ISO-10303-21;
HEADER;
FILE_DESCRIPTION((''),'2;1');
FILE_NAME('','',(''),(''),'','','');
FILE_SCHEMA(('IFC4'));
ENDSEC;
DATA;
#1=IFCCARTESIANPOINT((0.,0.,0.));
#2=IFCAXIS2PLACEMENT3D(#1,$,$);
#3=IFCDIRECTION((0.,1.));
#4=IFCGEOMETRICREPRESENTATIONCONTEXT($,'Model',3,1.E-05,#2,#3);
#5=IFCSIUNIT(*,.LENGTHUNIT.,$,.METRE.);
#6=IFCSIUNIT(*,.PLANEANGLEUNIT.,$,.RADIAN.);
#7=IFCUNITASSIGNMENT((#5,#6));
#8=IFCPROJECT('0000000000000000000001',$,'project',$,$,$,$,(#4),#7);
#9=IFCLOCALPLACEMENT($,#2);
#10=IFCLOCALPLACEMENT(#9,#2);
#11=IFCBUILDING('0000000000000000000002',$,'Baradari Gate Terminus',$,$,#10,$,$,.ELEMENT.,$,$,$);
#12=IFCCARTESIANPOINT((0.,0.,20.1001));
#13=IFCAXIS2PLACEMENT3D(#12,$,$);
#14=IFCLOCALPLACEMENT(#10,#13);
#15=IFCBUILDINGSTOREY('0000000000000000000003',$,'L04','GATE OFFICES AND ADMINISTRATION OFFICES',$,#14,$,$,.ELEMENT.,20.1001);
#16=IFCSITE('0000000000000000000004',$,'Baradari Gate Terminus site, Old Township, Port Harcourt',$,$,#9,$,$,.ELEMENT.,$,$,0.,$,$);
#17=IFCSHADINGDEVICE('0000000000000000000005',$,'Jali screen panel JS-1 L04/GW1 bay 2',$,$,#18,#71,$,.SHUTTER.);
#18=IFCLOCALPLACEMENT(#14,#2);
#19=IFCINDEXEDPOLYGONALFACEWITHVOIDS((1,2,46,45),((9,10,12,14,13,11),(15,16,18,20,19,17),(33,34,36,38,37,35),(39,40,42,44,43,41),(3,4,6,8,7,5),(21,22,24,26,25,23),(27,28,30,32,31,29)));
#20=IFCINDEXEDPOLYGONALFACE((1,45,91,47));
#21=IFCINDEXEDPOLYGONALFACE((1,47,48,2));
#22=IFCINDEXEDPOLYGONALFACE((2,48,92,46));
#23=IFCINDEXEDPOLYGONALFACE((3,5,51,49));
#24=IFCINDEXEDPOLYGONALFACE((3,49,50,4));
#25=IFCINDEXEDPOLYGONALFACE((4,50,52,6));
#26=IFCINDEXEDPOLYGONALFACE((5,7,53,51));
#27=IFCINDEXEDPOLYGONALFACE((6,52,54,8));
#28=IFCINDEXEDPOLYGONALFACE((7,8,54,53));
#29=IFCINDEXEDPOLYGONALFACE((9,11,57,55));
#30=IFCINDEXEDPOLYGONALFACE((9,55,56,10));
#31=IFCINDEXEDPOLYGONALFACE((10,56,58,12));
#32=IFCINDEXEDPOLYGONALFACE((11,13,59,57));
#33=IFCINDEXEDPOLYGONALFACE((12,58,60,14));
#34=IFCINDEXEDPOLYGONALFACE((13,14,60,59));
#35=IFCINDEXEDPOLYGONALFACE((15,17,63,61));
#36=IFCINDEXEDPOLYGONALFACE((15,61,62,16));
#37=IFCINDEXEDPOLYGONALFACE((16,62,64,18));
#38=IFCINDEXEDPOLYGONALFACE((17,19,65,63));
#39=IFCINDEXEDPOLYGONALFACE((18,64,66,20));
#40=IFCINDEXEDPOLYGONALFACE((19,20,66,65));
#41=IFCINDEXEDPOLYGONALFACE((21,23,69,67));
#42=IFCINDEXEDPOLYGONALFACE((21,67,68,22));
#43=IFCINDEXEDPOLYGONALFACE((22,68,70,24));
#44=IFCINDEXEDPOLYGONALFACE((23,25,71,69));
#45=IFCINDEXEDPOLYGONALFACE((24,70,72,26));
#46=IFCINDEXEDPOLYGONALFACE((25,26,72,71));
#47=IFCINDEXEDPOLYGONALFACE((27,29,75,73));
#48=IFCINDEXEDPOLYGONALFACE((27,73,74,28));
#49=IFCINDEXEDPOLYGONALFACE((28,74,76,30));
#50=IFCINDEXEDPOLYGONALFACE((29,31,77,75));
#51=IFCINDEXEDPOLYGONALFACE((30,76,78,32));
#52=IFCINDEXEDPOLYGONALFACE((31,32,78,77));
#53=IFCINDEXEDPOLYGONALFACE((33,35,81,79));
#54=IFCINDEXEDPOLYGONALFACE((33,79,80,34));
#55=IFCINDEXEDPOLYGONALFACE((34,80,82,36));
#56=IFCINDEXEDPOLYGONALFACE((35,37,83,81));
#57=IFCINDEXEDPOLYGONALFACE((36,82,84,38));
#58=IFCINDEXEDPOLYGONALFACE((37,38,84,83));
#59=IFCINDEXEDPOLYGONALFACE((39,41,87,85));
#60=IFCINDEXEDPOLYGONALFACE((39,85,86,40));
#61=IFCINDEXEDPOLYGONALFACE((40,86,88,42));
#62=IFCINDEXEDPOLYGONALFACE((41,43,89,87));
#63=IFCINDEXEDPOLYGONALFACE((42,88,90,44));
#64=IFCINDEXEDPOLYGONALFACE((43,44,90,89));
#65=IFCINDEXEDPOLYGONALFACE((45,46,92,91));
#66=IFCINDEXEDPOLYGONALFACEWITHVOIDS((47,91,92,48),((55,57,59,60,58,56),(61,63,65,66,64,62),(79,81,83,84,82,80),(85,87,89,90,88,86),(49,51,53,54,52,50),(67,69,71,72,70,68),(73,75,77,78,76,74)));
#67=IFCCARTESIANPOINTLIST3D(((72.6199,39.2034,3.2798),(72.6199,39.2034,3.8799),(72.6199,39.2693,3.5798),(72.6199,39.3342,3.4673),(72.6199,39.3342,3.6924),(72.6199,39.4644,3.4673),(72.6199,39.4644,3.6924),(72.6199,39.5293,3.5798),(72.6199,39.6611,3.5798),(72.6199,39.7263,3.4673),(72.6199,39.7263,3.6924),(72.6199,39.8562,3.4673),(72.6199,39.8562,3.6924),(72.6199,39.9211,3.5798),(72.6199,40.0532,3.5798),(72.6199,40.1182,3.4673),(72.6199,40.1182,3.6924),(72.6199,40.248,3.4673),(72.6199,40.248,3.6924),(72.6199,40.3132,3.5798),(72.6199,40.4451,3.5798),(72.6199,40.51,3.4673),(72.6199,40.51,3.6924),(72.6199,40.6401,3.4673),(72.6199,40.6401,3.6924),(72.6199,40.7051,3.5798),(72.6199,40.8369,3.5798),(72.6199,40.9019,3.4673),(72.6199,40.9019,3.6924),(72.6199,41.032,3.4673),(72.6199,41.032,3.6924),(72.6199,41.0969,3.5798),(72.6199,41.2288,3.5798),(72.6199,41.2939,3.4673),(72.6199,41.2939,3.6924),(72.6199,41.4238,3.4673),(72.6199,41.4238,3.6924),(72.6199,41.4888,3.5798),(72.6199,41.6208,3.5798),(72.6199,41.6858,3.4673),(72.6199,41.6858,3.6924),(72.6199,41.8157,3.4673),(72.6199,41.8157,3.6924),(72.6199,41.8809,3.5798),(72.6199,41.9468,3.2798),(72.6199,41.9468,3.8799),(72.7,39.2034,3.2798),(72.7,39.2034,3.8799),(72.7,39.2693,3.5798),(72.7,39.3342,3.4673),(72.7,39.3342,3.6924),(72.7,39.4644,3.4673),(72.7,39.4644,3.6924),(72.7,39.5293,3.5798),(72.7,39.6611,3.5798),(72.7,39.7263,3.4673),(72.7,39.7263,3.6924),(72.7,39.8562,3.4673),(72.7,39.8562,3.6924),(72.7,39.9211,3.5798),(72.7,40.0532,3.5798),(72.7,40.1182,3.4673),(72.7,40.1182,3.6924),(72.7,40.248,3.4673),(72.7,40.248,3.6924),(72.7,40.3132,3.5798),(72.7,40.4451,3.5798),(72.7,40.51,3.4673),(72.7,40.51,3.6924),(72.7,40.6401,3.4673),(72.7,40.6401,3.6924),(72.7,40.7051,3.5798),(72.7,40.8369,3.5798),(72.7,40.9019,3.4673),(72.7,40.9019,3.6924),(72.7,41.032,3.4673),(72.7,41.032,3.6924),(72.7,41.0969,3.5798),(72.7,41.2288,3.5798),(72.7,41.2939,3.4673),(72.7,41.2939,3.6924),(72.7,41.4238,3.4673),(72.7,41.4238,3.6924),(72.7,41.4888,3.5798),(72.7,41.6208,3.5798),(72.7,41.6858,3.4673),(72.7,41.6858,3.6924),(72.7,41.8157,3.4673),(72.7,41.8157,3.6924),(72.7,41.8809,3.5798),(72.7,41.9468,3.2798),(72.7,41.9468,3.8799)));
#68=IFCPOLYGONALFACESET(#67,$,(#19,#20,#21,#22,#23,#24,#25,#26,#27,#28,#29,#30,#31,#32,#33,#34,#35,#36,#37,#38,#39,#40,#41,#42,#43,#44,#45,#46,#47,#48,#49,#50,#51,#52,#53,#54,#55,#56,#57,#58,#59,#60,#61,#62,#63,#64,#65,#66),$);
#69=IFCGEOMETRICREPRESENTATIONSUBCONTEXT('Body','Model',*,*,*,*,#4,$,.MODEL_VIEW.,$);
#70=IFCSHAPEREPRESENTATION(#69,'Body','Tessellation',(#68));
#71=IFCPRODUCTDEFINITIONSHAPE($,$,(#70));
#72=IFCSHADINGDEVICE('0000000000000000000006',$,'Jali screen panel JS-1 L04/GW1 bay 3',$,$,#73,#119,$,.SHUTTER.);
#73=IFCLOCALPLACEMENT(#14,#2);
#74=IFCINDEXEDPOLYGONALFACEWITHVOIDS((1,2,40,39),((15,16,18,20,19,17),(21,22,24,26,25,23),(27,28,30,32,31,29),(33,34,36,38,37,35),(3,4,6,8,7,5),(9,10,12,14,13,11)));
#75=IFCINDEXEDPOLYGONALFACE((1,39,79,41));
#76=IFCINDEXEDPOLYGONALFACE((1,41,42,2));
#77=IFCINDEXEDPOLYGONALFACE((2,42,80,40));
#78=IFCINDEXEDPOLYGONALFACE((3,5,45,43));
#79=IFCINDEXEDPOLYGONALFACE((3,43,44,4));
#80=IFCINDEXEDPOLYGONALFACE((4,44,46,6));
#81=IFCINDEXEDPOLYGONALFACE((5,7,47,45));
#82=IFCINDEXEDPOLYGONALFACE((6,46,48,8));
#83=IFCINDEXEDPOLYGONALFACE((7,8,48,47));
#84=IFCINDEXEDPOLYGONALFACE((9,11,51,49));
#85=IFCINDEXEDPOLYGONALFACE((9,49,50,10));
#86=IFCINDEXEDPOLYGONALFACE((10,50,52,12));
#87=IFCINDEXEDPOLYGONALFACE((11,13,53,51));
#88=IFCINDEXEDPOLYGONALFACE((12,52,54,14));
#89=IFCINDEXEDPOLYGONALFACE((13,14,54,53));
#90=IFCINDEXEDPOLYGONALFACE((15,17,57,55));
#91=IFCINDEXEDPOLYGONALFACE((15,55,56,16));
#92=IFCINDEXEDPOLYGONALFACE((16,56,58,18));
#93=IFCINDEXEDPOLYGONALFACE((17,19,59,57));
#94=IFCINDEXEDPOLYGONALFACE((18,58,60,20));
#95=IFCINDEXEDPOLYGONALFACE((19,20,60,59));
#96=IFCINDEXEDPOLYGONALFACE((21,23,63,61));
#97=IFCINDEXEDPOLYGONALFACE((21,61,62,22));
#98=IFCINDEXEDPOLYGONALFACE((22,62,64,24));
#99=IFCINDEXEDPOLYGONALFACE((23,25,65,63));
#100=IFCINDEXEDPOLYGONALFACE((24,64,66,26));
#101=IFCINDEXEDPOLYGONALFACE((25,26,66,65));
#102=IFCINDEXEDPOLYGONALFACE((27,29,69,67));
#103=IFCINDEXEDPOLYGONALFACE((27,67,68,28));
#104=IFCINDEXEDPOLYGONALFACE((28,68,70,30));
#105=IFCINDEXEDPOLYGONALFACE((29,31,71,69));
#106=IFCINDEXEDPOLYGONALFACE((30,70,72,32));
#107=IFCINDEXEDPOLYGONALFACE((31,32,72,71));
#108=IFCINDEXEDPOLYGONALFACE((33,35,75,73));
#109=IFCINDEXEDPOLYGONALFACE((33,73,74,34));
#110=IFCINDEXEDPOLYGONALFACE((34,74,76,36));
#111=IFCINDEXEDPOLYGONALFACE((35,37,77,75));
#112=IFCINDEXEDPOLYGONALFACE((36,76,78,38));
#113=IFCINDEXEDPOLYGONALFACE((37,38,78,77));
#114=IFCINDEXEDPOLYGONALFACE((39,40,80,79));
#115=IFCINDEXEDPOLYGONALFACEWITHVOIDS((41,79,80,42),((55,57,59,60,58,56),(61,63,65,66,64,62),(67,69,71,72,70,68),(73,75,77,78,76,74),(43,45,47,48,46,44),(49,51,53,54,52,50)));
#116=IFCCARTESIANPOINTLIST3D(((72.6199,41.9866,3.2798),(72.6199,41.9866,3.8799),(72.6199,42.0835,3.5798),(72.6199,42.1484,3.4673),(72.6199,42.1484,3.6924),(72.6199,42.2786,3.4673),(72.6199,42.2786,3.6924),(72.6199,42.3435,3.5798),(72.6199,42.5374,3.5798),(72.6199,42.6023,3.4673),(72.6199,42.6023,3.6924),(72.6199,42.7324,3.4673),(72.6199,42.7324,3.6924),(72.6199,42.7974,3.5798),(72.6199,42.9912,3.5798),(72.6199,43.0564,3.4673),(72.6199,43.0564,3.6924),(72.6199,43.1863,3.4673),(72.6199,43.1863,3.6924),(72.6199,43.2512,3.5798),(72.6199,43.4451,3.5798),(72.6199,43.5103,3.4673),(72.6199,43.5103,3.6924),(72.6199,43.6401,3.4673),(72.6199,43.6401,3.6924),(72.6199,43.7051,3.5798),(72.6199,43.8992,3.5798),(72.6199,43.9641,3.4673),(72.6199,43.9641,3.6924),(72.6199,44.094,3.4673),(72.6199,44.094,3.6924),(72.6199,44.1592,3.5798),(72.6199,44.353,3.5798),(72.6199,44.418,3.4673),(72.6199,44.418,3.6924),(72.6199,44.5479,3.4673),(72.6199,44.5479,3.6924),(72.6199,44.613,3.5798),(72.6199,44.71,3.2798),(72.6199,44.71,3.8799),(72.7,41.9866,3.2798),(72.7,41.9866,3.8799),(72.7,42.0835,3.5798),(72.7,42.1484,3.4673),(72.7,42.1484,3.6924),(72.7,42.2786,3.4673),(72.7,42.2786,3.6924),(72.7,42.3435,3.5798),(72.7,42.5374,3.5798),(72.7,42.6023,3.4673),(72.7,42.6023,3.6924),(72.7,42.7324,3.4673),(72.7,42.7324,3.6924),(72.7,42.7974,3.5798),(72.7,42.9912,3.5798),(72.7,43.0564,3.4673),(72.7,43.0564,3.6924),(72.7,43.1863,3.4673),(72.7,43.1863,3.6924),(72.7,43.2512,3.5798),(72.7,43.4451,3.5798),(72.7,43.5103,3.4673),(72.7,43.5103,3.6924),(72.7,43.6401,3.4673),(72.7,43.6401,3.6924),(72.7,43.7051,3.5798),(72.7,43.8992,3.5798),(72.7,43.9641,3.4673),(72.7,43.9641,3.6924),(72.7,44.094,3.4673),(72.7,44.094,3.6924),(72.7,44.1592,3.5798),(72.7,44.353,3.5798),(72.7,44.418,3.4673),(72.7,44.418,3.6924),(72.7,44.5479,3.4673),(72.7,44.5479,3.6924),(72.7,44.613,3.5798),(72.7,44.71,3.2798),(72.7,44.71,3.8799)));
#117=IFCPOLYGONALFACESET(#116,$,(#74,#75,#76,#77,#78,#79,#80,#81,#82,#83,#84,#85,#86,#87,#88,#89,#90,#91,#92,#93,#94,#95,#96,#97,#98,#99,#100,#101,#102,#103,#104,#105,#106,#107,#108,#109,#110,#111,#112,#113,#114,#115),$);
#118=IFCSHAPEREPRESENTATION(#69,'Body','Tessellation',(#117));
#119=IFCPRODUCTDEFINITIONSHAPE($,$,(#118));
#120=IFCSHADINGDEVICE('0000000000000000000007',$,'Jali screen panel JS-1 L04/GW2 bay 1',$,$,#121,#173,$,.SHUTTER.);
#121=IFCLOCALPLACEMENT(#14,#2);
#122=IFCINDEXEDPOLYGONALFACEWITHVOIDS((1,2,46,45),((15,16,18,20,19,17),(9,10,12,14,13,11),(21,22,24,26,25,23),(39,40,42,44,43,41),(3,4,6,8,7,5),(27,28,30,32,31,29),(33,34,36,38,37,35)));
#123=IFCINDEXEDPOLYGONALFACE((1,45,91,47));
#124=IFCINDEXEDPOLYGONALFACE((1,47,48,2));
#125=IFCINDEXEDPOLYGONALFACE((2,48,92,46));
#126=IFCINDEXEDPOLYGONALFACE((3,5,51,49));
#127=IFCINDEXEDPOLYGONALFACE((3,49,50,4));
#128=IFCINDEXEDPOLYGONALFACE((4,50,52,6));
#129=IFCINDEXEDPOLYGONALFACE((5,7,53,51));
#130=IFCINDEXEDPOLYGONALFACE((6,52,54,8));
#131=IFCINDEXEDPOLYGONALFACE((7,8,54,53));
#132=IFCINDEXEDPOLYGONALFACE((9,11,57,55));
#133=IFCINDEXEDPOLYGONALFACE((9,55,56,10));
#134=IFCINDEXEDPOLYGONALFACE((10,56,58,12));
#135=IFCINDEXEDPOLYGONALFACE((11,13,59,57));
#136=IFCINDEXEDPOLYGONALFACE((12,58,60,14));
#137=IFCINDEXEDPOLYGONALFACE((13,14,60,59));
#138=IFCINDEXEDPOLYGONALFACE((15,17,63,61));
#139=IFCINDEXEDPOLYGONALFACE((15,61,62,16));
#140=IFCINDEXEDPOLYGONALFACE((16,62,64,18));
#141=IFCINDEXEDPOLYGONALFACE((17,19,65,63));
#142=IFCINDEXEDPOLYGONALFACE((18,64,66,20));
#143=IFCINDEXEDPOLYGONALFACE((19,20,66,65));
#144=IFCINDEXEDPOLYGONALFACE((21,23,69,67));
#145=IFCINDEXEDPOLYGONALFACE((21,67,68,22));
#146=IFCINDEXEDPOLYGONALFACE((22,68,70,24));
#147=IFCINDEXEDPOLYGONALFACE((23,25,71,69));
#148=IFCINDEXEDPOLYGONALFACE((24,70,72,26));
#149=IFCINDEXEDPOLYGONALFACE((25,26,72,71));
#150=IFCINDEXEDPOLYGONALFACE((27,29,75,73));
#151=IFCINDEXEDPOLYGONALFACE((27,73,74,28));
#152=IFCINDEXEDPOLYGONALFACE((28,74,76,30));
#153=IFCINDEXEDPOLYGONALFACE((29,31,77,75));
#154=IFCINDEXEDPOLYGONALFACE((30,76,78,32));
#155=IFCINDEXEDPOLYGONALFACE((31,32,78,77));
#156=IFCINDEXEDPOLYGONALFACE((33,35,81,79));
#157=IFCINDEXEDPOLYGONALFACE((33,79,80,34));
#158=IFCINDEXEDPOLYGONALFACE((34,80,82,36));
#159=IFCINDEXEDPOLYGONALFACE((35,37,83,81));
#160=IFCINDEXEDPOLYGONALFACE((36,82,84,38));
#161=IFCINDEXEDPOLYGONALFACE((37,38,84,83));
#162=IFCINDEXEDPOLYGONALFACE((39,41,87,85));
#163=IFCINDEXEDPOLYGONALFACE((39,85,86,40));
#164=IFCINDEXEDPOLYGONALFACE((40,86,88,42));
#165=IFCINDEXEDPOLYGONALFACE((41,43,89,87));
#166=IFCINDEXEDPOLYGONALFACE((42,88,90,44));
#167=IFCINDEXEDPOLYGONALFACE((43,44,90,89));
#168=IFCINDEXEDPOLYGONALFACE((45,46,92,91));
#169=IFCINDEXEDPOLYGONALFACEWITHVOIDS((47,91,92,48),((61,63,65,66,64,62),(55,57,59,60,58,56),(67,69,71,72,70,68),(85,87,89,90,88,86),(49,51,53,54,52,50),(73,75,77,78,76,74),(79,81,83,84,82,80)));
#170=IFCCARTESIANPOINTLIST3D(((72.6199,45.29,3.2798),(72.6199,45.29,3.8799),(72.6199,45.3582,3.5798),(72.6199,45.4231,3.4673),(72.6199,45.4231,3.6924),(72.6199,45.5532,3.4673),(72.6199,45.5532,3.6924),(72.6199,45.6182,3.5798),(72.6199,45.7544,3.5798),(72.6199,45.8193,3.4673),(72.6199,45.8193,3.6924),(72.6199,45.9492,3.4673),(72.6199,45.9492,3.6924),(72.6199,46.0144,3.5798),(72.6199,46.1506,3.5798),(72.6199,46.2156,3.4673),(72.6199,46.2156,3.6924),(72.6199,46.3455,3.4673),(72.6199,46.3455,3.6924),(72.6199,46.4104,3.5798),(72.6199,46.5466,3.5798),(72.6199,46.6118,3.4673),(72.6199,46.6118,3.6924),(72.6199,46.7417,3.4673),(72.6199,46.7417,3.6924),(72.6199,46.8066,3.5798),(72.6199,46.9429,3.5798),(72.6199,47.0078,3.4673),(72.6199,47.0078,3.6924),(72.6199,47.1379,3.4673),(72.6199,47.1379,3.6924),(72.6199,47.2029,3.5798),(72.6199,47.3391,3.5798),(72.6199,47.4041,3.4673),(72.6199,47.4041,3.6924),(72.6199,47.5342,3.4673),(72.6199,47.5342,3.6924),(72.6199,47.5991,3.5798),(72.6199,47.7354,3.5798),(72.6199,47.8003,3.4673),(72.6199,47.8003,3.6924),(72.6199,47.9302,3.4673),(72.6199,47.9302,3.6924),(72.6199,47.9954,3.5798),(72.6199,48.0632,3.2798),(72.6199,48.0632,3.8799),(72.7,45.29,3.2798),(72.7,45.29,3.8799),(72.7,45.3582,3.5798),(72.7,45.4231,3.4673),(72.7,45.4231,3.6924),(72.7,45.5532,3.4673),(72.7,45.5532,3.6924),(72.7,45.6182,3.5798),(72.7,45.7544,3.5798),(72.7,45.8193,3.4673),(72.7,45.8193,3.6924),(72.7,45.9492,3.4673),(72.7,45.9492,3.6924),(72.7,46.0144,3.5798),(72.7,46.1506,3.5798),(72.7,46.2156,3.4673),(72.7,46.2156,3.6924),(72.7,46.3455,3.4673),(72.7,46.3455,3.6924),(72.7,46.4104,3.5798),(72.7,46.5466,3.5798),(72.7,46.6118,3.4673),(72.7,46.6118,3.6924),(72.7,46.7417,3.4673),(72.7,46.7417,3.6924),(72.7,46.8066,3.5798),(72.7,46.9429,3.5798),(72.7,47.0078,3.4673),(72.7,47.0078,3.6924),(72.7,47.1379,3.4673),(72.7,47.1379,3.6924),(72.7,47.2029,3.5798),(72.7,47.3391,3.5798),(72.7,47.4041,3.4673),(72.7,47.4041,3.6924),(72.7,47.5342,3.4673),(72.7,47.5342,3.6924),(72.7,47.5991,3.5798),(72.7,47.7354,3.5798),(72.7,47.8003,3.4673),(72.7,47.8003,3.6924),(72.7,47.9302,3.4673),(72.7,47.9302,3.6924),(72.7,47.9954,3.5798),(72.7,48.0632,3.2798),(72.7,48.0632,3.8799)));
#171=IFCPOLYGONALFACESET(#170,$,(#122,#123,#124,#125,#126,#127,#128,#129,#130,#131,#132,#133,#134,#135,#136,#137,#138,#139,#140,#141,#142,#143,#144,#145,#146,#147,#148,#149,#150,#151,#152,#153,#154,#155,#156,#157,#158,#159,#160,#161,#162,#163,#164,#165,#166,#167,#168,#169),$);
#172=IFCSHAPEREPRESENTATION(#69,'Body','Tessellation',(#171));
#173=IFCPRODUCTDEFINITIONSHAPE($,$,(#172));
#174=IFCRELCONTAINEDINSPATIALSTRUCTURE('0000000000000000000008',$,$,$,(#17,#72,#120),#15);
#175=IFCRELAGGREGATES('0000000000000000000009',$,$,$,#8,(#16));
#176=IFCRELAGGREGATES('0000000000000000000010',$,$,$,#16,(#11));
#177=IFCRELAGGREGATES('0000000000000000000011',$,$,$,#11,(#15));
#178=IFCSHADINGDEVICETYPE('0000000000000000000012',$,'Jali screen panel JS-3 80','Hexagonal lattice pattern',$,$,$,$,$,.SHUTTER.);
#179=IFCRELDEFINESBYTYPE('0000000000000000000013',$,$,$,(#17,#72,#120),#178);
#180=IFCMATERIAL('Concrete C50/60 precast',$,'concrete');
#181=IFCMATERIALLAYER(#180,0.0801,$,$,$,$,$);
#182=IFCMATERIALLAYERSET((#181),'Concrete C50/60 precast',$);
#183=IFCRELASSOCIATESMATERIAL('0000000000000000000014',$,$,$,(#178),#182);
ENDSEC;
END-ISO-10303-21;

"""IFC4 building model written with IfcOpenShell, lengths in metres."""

from ifc_helpers import new_model, si_unit, direction, frame, origin, place, context, subcontext, project, spatial, polyline, outline, extrude, material, layer, layer_set, type_object, element, save


model = new_model("IFC4")

# Units and contexts
model_context = context("Model", 3, precision=1e-05, world=origin(), true_north=direction((0.0, 1.0)))
body_context = subcontext(model_context, "Body", "Model", "MODEL_VIEW")
ifc_project = project(units=[si_unit("LENGTHUNIT", "METRE"), si_unit("PLANEANGLEUNIT", "RADIAN")], contexts=[model_context])

# Site, building, storey
site_placement = place(None, origin())
site = spatial("IfcSite", under=ifc_project, at=site_placement, Name="Baradari Gate Terminus site, Old Township, Port Harcourt", CompositionType="ELEMENT", RefElevation=0.0)
building_placement = place(site_placement, origin())
building = spatial("IfcBuilding", under=site, at=building_placement, Name="Baradari Gate Terminus", CompositionType="ELEMENT")
storey_placement = place(building_placement, frame((0.0, 0.0, 20.1001)))
storey = spatial("IfcBuildingStorey", under=building, at=storey_placement, Name="L04", Description="GATE OFFICES AND ADMINISTRATION OFFICES", CompositionType="ELEMENT", Elevation=20.1001)

# Shading devices
ifc_material_1 = material(Name="Concrete C50/60 precast", Category="concrete")
ifc_layer = layer(ifc_material_1, 0.0801)
ifc_layer_set = layer_set([ifc_layer], Name="Concrete C50/60 precast")
shading_device_type = type_object("IfcShadingDeviceType", Name="Jali screen panel JS-3 80", Description="Hexagonal lattice pattern", PredefinedType="SHUTTER", material=ifc_layer_set)
shading_device_1_placement = place(storey_placement, frame((72.6599, 39.2034, 3.2798), z_axis=(0.0, 0.0, 1.0), x_axis=(0.0, 1.0, 0.0)))
element("IfcShadingDevice", 1, at=shading_device_1_placement, inside=storey, type_object=shading_device_type, Name="Jali screen panel JS-1 L04/GW1 bay 2", PredefinedType="SHUTTER", context=body_context, shape_type="SweptSolid", body=[
    extrude(outline(polyline([(0.0, 0.0), (2.7434, 0.0), (2.7434, 0.6001), (0.0, 0.6001), (0.0, 0.0)]), holes=[polyline([(0.3259, 0.3), (0.261, 0.1875), (0.1309, 0.1875), (0.0659, 0.3), (0.1309, 0.4126), (0.261, 0.4126), (0.3259, 0.3)]), polyline([(0.7178, 0.3), (0.6528, 0.1875), (0.5229, 0.1875), (0.4578, 0.3), (0.5229, 0.4126), (0.6528, 0.4126), (0.7178, 0.3)]), polyline([(1.1099, 0.3), (1.0447, 0.1875), (0.9148, 0.1875), (0.8499, 0.3), (0.9148, 0.4126), (1.0447, 0.4126), (1.1099, 0.3)]), polyline([(1.5017, 0.3), (1.4368, 0.1875), (1.3066, 0.1875), (1.2417, 0.3), (1.3066, 0.4126), (1.4368, 0.4126), (1.5017, 0.3)]), polyline([(1.8936, 0.3), (1.8286, 0.1875), (1.6985, 0.1875), (1.6335, 0.3), (1.6985, 0.4126), (1.8286, 0.4126), (1.8936, 0.3)]), polyline([(2.2854, 0.3), (2.2205, 0.1875), (2.0906, 0.1875), (2.0254, 0.3), (2.0906, 0.4126), (2.2205, 0.4126), (2.2854, 0.3)]), polyline([(2.6775, 0.3), (2.6123, 0.1875), (2.4824, 0.1875), (2.4175, 0.3), (2.4824, 0.4126), (2.6123, 0.4126), (2.6775, 0.3)])]), frame((0.0, 0.04, 0.0), z_axis=(0.0, -1.0, 0.0), x_axis=(1.0, 0.0, 0.0)), (0.0, 0.0, 1.0), 0.0801),
])
shading_device_2_placement = place(storey_placement, frame((72.6599, 41.9866, 3.2798), z_axis=(0.0, 0.0, 1.0), x_axis=(0.0, 1.0, 0.0)))
element("IfcShadingDevice", 2, at=shading_device_2_placement, inside=storey, type_object=shading_device_type, Name="Jali screen panel JS-1 L04/GW1 bay 3", PredefinedType="SHUTTER", context=body_context, shape_type="SweptSolid", body=[
    extrude(outline(polyline([(0.0, 0.0), (2.7234, 0.0), (2.7234, 0.6001), (0.0, 0.6001), (0.0, 0.0)]), holes=[polyline([(0.3569, 0.3), (0.292, 0.1875), (0.1619, 0.1875), (0.0969, 0.3), (0.1619, 0.4126), (0.292, 0.4126), (0.3569, 0.3)]), polyline([(0.8108, 0.3), (0.7458, 0.1875), (0.6157, 0.1875), (0.5508, 0.3), (0.6157, 0.4126), (0.7458, 0.4126), (0.8108, 0.3)]), polyline([(1.2646, 0.3), (1.1997, 0.1875), (1.0698, 0.1875), (1.0046, 0.3), (1.0698, 0.4126), (1.1997, 0.4126), (1.2646, 0.3)]), polyline([(1.7185, 0.3), (1.6536, 0.1875), (1.5237, 0.1875), (1.4585, 0.3), (1.5237, 0.4126), (1.6536, 0.4126), (1.7185, 0.3)]), polyline([(2.1726, 0.3), (2.1074, 0.1875), (1.9775, 0.1875), (1.9126, 0.3), (1.9775, 0.4126), (2.1074, 0.4126), (2.1726, 0.3)]), polyline([(2.6265, 0.3), (2.5613, 0.1875), (2.4314, 0.1875), (2.3665, 0.3), (2.4314, 0.4126), (2.5613, 0.4126), (2.6265, 0.3)])]), frame((0.0, 0.04, 0.0), z_axis=(0.0, -1.0, 0.0), x_axis=(1.0, 0.0, 0.0)), (0.0, 0.0, 1.0), 0.0801),
])
shading_device_3_placement = place(storey_placement, frame((72.6599, 45.29, 3.2798), z_axis=(0.0, 0.0, 1.0), x_axis=(0.0, 1.0, 0.0)))
element("IfcShadingDevice", 3, at=shading_device_3_placement, inside=storey, type_object=shading_device_type, Name="Jali screen panel JS-1 L04/GW2 bay 1", PredefinedType="SHUTTER", context=body_context, shape_type="SweptSolid", body=[
    extrude(outline(polyline([(0.0, 0.0), (2.7732, 0.0), (2.7732, 0.6001), (0.0, 0.6001), (0.0, 0.0)]), holes=[polyline([(0.3281, 0.3), (0.2632, 0.1875), (0.1331, 0.1875), (0.0681, 0.3), (0.1331, 0.4126), (0.2632, 0.4126), (0.3281, 0.3)]), polyline([(0.7244, 0.3), (0.6592, 0.1875), (0.5293, 0.1875), (0.4644, 0.3), (0.5293, 0.4126), (0.6592, 0.4126), (0.7244, 0.3)]), polyline([(1.1204, 0.3), (1.0554, 0.1875), (0.9255, 0.1875), (0.8606, 0.3), (0.9255, 0.4126), (1.0554, 0.4126), (1.1204, 0.3)]), polyline([(1.5166, 0.3), (1.4517, 0.1875), (1.3218, 0.1875), (1.2566, 0.3), (1.3218, 0.4126), (1.4517, 0.4126), (1.5166, 0.3)]), polyline([(1.9128, 0.3), (1.8479, 0.1875), (1.7178, 0.1875), (1.6528, 0.3), (1.7178, 0.4126), (1.8479, 0.4126), (1.9128, 0.3)]), polyline([(2.3091, 0.3), (2.2441, 0.1875), (2.114, 0.1875), (2.0491, 0.3), (2.114, 0.4126), (2.2441, 0.4126), (2.3091, 0.3)]), polyline([(2.7053, 0.3), (2.6401, 0.1875), (2.5103, 0.1875), (2.4453, 0.3), (2.5103, 0.4126), (2.6401, 0.4126), (2.7053, 0.3)])]), frame((0.0, 0.04, 0.0), z_axis=(0.0, -1.0, 0.0), x_axis=(1.0, 0.0, 0.0)), (0.0, 0.0, 1.0), 0.0801),
])

save(model, "model.ifc")
